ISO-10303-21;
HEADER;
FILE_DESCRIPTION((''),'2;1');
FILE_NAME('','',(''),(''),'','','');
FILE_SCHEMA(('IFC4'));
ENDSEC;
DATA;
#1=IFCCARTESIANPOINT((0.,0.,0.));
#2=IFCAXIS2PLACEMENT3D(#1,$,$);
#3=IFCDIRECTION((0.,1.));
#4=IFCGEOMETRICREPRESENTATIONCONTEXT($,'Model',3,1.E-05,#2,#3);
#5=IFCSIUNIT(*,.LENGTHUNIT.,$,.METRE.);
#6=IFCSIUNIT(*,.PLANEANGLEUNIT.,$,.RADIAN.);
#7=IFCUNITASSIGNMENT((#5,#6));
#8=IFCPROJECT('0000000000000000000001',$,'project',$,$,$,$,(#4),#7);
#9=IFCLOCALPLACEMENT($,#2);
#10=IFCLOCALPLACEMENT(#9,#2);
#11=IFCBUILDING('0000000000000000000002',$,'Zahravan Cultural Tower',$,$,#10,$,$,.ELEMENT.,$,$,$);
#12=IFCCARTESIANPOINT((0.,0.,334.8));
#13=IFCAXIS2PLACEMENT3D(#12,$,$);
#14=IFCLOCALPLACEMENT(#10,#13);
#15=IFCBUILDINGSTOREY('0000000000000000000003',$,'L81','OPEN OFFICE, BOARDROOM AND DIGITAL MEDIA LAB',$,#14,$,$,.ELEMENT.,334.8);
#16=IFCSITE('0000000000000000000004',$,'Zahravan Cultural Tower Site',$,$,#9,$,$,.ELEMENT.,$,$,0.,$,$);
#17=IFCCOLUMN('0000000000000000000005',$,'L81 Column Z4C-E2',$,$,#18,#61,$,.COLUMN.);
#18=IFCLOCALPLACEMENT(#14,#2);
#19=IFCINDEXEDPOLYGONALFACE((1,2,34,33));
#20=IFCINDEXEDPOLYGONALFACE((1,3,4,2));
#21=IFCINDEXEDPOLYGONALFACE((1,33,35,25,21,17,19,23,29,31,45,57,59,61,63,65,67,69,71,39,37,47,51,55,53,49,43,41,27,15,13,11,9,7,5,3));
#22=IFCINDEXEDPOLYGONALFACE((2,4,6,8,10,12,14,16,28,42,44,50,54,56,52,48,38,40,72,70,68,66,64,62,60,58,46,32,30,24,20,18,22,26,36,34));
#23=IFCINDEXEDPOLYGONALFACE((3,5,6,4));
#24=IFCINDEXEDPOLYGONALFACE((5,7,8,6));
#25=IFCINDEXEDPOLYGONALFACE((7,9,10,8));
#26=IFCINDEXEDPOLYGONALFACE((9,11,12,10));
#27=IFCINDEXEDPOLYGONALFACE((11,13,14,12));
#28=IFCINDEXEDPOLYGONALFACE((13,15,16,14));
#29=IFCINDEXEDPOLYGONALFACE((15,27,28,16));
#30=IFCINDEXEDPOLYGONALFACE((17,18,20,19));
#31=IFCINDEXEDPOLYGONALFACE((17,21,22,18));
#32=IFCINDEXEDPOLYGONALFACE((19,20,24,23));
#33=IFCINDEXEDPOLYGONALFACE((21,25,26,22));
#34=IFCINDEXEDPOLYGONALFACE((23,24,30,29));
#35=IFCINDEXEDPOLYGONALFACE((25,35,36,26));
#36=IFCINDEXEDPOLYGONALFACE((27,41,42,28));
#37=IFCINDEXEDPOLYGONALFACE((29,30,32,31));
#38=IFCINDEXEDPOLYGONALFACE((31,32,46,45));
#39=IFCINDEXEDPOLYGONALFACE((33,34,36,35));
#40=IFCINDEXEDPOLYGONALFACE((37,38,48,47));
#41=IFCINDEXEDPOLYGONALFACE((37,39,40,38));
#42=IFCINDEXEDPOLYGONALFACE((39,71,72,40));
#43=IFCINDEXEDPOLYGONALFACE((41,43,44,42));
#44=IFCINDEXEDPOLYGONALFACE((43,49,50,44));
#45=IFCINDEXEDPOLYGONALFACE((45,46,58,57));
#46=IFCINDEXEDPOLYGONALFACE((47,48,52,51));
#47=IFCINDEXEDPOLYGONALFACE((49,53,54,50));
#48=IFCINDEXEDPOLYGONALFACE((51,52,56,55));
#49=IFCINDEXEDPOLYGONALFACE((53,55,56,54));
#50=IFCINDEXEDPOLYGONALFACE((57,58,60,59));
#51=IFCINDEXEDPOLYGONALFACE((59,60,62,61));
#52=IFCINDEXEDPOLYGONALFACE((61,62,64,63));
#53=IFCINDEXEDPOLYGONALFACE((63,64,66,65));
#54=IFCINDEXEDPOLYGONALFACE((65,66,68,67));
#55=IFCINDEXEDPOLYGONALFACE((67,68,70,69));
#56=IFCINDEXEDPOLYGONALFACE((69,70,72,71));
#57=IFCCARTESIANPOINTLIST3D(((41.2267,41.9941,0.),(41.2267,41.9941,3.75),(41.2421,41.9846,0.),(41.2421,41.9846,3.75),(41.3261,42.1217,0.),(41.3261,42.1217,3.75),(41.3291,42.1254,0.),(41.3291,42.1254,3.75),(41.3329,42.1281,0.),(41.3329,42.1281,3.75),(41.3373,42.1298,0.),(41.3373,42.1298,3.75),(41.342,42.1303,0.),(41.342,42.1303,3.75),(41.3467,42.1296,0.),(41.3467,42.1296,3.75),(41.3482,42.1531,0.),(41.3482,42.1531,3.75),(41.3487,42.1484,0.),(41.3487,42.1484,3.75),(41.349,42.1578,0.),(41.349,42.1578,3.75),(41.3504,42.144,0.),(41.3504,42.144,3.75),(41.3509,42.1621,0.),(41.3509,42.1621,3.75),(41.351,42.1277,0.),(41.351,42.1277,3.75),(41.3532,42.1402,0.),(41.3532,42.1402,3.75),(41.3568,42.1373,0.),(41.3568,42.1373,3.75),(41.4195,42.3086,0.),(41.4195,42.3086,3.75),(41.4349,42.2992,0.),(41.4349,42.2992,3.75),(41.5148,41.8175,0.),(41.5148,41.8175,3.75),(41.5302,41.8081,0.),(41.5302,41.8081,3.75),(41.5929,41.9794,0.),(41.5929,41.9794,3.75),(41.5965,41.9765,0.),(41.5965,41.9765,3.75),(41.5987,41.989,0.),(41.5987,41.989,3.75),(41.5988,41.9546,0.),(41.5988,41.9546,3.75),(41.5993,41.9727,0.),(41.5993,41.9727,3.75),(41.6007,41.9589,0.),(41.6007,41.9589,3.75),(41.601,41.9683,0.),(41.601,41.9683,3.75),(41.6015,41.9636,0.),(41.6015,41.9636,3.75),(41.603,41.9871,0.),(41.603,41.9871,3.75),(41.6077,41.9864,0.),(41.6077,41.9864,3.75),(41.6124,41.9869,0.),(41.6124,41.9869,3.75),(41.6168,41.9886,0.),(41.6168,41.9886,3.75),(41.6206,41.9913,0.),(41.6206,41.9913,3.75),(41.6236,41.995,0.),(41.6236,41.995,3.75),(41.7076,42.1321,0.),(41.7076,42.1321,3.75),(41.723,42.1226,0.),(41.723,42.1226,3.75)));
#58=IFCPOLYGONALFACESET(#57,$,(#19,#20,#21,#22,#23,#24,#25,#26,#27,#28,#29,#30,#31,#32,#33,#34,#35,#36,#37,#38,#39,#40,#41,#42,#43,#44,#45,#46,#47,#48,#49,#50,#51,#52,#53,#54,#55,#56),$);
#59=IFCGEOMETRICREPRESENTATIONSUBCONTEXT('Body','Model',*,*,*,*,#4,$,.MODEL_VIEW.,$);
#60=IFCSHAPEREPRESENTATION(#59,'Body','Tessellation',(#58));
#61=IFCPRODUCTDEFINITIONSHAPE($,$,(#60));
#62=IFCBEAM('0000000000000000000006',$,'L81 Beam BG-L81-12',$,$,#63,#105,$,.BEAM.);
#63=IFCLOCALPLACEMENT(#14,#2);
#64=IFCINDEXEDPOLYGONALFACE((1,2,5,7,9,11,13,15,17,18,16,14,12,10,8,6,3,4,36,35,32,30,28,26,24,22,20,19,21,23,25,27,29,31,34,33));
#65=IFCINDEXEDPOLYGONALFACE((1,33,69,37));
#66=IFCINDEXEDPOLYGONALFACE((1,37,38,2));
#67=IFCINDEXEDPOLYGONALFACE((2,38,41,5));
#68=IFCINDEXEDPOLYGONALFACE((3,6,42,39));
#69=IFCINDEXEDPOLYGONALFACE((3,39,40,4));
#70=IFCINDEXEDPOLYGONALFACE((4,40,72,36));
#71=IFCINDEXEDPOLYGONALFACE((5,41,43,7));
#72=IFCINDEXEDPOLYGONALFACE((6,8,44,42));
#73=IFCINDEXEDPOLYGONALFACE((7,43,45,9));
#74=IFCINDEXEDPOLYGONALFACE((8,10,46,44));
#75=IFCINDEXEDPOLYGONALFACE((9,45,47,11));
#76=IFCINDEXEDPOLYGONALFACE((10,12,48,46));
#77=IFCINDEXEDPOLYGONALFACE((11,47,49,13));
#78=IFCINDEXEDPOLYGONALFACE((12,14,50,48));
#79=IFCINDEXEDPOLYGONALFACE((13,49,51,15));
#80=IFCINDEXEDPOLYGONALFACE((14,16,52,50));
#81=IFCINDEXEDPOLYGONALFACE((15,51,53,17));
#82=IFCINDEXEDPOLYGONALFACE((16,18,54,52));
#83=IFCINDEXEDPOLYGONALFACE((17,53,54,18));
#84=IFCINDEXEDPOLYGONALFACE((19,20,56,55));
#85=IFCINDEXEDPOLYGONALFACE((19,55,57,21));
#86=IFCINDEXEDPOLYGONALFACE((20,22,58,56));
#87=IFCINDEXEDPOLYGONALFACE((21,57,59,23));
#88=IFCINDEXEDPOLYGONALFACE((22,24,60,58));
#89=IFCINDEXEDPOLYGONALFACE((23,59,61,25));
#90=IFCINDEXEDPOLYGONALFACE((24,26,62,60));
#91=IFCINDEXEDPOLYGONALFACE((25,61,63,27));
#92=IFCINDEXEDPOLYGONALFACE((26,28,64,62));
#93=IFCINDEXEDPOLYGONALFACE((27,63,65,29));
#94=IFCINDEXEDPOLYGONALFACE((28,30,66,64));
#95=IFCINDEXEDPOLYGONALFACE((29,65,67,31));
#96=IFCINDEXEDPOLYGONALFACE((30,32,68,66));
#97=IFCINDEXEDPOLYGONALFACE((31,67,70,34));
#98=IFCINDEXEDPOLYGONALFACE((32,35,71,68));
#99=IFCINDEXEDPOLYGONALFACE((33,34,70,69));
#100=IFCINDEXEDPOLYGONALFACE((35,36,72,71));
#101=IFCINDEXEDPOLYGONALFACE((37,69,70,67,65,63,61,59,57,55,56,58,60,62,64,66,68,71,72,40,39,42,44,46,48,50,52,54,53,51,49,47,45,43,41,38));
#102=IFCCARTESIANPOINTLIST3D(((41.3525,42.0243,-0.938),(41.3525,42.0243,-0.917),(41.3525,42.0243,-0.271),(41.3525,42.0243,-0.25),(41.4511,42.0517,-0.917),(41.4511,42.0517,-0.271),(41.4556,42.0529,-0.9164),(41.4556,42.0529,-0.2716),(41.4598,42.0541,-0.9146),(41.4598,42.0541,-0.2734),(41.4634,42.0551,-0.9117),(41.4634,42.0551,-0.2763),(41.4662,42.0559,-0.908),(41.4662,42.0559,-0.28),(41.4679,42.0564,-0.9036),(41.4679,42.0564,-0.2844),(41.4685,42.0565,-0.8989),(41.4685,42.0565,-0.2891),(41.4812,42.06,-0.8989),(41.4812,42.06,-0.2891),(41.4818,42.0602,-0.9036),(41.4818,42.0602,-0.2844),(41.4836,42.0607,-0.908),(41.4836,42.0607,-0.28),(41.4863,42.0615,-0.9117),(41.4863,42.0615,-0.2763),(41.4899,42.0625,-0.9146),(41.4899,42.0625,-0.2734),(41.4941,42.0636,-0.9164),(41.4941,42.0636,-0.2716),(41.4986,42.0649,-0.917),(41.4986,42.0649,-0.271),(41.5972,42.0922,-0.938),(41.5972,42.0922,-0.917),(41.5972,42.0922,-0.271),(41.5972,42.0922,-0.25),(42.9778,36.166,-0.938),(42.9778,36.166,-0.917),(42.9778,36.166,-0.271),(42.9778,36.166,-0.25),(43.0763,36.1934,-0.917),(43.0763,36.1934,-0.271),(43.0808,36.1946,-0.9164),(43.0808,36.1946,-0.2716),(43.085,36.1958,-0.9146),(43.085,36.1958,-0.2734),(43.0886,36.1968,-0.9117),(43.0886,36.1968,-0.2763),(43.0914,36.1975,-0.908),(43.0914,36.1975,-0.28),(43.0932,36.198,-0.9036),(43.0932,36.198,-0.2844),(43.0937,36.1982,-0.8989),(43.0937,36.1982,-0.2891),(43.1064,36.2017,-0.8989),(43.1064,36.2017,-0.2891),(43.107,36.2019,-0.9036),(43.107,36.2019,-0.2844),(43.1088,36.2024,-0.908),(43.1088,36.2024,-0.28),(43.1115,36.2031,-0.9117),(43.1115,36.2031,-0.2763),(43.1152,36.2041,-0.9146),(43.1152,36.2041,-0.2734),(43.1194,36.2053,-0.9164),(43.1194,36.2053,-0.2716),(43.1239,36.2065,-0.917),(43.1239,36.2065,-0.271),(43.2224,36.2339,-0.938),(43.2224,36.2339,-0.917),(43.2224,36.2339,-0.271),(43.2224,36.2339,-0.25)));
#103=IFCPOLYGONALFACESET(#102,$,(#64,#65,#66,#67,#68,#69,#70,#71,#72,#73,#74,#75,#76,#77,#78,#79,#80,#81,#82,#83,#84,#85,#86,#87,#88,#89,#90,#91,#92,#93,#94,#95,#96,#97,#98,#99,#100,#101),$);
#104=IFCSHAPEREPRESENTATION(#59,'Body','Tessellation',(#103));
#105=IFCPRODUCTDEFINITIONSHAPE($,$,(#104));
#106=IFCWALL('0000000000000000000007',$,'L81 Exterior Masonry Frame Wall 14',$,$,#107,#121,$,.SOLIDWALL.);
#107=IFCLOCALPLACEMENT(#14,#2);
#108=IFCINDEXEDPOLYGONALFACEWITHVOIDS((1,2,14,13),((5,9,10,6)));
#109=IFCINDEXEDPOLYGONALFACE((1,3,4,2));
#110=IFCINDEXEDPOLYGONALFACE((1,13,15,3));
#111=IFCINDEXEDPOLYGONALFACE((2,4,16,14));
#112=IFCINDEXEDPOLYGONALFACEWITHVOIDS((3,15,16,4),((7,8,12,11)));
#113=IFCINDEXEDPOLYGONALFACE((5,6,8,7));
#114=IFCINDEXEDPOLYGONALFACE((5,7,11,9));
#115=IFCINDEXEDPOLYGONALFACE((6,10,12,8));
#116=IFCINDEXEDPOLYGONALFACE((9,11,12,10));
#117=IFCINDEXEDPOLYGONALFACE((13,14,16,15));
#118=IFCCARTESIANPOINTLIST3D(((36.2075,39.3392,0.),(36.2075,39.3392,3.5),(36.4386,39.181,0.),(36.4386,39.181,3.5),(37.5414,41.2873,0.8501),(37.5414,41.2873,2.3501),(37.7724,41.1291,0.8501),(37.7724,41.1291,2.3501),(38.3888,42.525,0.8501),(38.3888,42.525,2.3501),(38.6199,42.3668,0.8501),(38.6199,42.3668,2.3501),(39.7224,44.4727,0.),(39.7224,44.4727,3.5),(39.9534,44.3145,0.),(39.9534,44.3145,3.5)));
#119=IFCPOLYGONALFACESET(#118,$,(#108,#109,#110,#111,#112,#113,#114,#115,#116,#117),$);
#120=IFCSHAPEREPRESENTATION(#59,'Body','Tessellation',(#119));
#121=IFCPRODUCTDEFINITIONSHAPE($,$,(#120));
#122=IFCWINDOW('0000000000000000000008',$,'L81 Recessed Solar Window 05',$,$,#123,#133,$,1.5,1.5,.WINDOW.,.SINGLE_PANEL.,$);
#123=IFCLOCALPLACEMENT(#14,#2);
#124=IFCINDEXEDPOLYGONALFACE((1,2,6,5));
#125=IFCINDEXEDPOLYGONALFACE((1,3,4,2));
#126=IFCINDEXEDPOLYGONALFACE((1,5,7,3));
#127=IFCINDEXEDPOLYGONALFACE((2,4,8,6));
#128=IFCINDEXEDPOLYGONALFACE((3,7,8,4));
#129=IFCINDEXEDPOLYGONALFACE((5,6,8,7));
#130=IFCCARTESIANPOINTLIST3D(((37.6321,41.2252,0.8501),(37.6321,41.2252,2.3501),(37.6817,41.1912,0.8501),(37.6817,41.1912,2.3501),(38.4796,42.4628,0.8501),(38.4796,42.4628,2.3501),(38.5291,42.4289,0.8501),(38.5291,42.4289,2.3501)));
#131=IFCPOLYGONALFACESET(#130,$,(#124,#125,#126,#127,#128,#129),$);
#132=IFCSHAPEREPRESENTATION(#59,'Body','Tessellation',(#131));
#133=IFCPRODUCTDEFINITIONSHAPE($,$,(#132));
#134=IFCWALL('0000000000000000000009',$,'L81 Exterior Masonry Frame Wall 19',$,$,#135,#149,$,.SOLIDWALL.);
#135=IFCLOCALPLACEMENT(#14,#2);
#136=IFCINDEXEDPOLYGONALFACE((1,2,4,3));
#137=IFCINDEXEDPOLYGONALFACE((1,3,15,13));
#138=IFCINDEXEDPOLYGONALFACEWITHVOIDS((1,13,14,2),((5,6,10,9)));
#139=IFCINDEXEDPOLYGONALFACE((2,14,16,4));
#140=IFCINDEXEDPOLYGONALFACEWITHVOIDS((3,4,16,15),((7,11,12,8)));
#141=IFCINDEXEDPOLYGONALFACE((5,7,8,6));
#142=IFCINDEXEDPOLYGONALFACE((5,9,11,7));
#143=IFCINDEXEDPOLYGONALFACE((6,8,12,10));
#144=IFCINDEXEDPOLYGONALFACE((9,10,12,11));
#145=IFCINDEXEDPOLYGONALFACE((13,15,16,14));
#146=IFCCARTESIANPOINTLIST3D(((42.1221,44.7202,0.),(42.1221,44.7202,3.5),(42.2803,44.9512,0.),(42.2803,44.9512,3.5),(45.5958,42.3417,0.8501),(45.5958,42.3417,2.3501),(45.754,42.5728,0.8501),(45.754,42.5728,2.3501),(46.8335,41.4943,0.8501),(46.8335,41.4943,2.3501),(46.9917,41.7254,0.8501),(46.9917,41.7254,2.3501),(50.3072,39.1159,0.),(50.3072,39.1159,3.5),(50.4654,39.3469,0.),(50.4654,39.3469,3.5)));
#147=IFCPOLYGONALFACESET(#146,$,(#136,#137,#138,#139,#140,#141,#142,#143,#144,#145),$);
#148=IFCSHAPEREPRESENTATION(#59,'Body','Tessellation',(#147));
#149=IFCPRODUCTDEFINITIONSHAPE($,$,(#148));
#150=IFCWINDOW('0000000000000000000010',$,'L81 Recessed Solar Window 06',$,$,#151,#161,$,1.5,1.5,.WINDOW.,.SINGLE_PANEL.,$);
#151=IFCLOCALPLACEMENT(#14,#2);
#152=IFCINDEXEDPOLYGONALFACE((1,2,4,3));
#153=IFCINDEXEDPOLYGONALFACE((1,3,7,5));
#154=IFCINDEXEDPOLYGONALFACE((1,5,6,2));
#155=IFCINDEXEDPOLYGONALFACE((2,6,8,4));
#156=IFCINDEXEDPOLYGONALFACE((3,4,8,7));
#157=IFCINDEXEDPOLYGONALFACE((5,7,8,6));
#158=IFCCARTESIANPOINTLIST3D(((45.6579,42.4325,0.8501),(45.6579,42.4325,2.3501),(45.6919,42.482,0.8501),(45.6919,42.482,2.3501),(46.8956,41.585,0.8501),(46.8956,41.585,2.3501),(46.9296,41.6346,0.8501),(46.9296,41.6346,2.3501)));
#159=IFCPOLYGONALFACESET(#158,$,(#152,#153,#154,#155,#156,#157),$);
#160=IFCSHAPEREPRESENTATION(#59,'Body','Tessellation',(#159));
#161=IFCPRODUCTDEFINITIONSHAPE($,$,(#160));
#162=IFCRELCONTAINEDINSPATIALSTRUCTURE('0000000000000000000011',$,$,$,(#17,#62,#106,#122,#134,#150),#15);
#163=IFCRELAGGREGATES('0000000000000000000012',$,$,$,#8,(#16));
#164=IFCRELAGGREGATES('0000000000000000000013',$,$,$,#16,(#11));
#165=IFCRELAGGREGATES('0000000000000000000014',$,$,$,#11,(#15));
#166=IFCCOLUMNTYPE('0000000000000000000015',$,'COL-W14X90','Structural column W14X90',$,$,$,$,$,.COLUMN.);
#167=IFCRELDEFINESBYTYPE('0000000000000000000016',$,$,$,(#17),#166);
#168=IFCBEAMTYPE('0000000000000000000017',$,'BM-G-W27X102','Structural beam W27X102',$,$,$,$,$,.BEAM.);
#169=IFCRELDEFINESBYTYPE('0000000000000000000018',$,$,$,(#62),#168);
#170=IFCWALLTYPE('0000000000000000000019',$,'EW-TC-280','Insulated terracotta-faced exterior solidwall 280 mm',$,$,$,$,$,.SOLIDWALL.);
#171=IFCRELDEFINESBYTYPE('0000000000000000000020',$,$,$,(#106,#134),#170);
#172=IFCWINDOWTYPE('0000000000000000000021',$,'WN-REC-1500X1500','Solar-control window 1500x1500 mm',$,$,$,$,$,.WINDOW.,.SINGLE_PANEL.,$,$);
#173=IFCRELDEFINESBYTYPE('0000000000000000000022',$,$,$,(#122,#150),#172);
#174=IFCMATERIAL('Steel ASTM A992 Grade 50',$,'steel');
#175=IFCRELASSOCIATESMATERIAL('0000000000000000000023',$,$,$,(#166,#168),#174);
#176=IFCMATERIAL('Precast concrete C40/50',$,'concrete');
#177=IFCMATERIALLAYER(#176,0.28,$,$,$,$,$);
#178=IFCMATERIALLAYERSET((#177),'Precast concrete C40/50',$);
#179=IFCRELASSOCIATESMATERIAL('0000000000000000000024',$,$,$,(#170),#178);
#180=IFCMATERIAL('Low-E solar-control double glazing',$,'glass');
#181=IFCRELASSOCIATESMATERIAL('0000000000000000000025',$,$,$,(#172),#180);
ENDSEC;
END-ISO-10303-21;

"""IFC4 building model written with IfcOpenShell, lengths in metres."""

from ifc_helpers import new_model, si_unit, direction, frame, frame_2d, origin, origin_2d, place, context, subcontext, project, spatial, rectangle, i_section, extrude, source, transform, mapped, material, layer, layer_set, material_profile, profile_set, type_object, element, fill, save


model = new_model("IFC4")

# Units and contexts
model_context = context("Model", 3, precision=1e-05, world=origin(), true_north=direction((0.0, 1.0)))
body_context = subcontext(model_context, "Body", "Model", "MODEL_VIEW")
ifc_project = project(units=[si_unit("LENGTHUNIT", "METRE"), si_unit("PLANEANGLEUNIT", "RADIAN")], contexts=[model_context])

# Site, building, storey
site_placement = place(None, origin())
site = spatial("IfcSite", under=ifc_project, at=site_placement, Name="Zahravan Cultural Tower Site", CompositionType="ELEMENT", RefElevation=0.0)
building_placement = place(site_placement, origin())
building = spatial("IfcBuilding", under=site, at=building_placement, Name="Zahravan Cultural Tower", CompositionType="ELEMENT")
storey_placement = place(building_placement, frame((0.0, 0.0, 334.8)))
storey = spatial("IfcBuildingStorey", under=building, at=storey_placement, Name="L81", Description="OPEN OFFICE, BOARDROOM AND DIGITAL MEDIA LAB", CompositionType="ELEMENT", Elevation=334.8)

# Column
ifc_material_1 = material(Name="Steel ASTM A992 Grade 50", Category="steel")
ifc_material_profile_1 = material_profile(ifc_material_1, i_section(OverallWidth=0.3689, OverallDepth=0.356, WebThickness=0.0112, FlangeThickness=0.0181, FilletRadius=0.0181, at=origin_2d()), Name="W14X90")
ifc_profile_set_1 = profile_set([ifc_material_profile_1], Name="Steel ASTM A992 Grade 50")
column_type = type_object("IfcColumnType", Name="COL-W14X90", Description="Structural column W14X90", PredefinedType="COLUMN", material=ifc_profile_set_1)
shared_shape_1 = source(origin(), body_context, "Body", "SweptSolid", [
    extrude(i_section(OverallWidth=0.3689, OverallDepth=0.356, WebThickness=0.0112, FlangeThickness=0.0181, FilletRadius=0.0181, at=origin_2d()), origin(), (0.0, 0.0, 1.0), 3.75),
])
column_placement = place(storey_placement, frame((41.4749, 42.0583, 0.0), z_axis=(0.0, 0.0, 1.0), x_axis=(0.522499, 0.85264, 0.0)))
element("IfcColumn", 1, at=column_placement, inside=storey, type_object=column_type, Name="L81 Column Z4C-E2", PredefinedType="COLUMN", context=body_context, shape_type="MappedRepresentation", body=[
    mapped(shared_shape_1, transform((0.0, 0.0, 0.0), x_axis=(1.0, 0.0, 0.0), y_axis=(0.0, 1.0, 0.0), z_axis=(0.0, 0.0, 1.0), scale=1.0)),
])

# Beam
ifc_material_profile_2 = material_profile(ifc_material_1, i_section(OverallWidth=0.2539, OverallDepth=0.688, WebThickness=0.0132, FlangeThickness=0.021, FilletRadius=0.0181, at=origin_2d()), Name="W27X102")
ifc_profile_set_2 = profile_set([ifc_material_profile_2], Name="Steel ASTM A992 Grade 50")
beam_type = type_object("IfcBeamType", Name="BM-G-W27X102", Description="Structural beam W27X102", PredefinedType="BEAM", material=ifc_profile_set_2)
shared_shape_2 = source(origin(), body_context, "Body", "SweptSolid", [
    extrude(i_section(OverallWidth=0.2539, OverallDepth=0.688, WebThickness=0.0132, FlangeThickness=0.021, FilletRadius=0.0181, at=origin_2d()), origin(), (0.0, 0.0, 1.0), 6.0796),
])
beam_placement = place(storey_placement, frame((43.1001, 36.2, -0.594), z_axis=(-0.267325, 0.963606, 0.0), x_axis=(-0.963606, -0.267325, 0.0)))
element("IfcBeam", 2, at=beam_placement, inside=storey, type_object=beam_type, Name="L81 Beam BG-L81-12", PredefinedType="BEAM", context=body_context, shape_type="MappedRepresentation", body=[
    mapped(shared_shape_2, transform((0.0, 0.0, 0.0), x_axis=(1.0, 0.0, 0.0), y_axis=(0.0, 1.0, 0.0), z_axis=(0.0, 0.0, 1.0), scale=1.0)),
])

# Walls, openings, windows
ifc_material_2 = material(Name="Precast concrete C40/50", Category="concrete")
ifc_layer_1 = layer(ifc_material_2, 0.28)
ifc_layer_set_1 = layer_set([ifc_layer_1], Name="Precast concrete C40/50")
wall_type_1 = type_object("IfcWallType", Name="EW-TC-280", Description="Insulated terracotta-faced exterior solidwall 280 mm", PredefinedType="SOLIDWALL", material=ifc_layer_set_1)
wall_1_placement = place(storey_placement, frame((36.323, 39.26, 0.0), z_axis=(0.0, 0.0, 1.0), x_axis=(0.564954, 0.825122, 0.0)))
wall_1 = element("IfcWall", 3, at=wall_1_placement, inside=storey, type_object=wall_type_1, Name="L81 Exterior Masonry Frame Wall 14", PredefinedType="SOLIDWALL", context=body_context, shape_type="SweptSolid", body=[
    extrude(rectangle(XDim=6.2214, YDim=0.28, at=frame_2d((3.1108, 0.0))), origin(), (0.0, 0.0, 1.0), 3.5),
])
opening_1_placement = place(wall_1_placement, frame((2.3611, 0.0, 0.8501)))
opening_1 = element("IfcOpeningElement", 4, at=opening_1_placement, cuts=wall_1, PredefinedType="OPENING", context=body_context, shape_type="SweptSolid", body=[
    extrude(rectangle(XDim=1.5, YDim=1.5, at=frame_2d((0.75, 0.75))), frame((0.0, 0.1499, 0.0), z_axis=(0.0, -1.0, 0.0), x_axis=(1.0, 0.0, 0.0)), (0.0, 0.0, 1.0), 0.3),
])
ifc_material_3 = material(Name="Low-E solar-control double glazing", Category="glass")
window_type = type_object("IfcWindowType", Name="WN-REC-1500X1500", Description="Solar-control window 1500x1500 mm", PartitioningType="SINGLE_PANEL", PredefinedType="WINDOW", material=ifc_material_3)
shared_shape_3 = source(origin(), body_context, "Body", "SweptSolid", [
    extrude(rectangle(XDim=1.5, YDim=1.5, at=frame_2d((0.75, 0.75))), frame((0.0, 0.03, 0.0), z_axis=(0.0, -1.0, 0.0), x_axis=(1.0, 0.0, 0.0)), (0.0, 0.0, 1.0), 0.0601),
])
window_1_placement = place(opening_1_placement, origin())
window_1 = element("IfcWindow", 5, at=window_1_placement, inside=storey, type_object=window_type, Name="L81 Recessed Solar Window 05", OverallHeight=1.5, OverallWidth=1.5, PartitioningType="SINGLE_PANEL", PredefinedType="WINDOW", context=body_context, shape_type="MappedRepresentation", body=[
    mapped(shared_shape_3, transform((0.0, 0.0, 0.0), x_axis=(1.0, 0.0, 0.0), y_axis=(0.0, 1.0, 0.0), z_axis=(0.0, 0.0, 1.0), scale=1.0)),
])
fill(opening_1, window_1)
wall_2_placement = place(storey_placement, frame((42.2012, 44.8357, 0.0), z_axis=(0.0, 0.0, 1.0), x_axis=(0.825122, -0.564955, 0.0)))
wall_2 = element("IfcWall", 6, at=wall_2_placement, inside=storey, type_object=wall_type_1, Name="L81 Exterior Masonry Frame Wall 19", PredefinedType="SOLIDWALL", context=body_context, shape_type="SweptSolid", body=[
    extrude(rectangle(XDim=9.9199, YDim=0.28, at=frame_2d((4.96, 0.0))), origin(), (0.0, 0.0, 1.0), 3.5),
])
opening_2_placement = place(wall_2_placement, frame((4.21, 0.0, 0.8501)))
opening_2 = element("IfcOpeningElement", 7, at=opening_2_placement, cuts=wall_2, PredefinedType="OPENING", context=body_context, shape_type="SweptSolid", body=[
    extrude(rectangle(XDim=1.5, YDim=1.5, at=frame_2d((0.75, 0.75))), frame((0.0, 0.1499, 0.0), z_axis=(0.0, -1.0, 0.0), x_axis=(1.0, 0.0, 0.0)), (0.0, 0.0, 1.0), 0.3),
])
window_2_placement = place(opening_2_placement, origin())
window_2 = element("IfcWindow", 8, at=window_2_placement, inside=storey, type_object=window_type, Name="L81 Recessed Solar Window 06", OverallHeight=1.5, OverallWidth=1.5, PartitioningType="SINGLE_PANEL", PredefinedType="WINDOW", context=body_context, shape_type="MappedRepresentation", body=[
    mapped(shared_shape_3, transform((0.0, 0.0, 0.0), x_axis=(1.0, 0.0, 0.0), y_axis=(0.0, 1.0, 0.0), z_axis=(0.0, 0.0, 1.0), scale=1.0)),
])
fill(opening_2, window_2)

save(model, "model.ifc")
